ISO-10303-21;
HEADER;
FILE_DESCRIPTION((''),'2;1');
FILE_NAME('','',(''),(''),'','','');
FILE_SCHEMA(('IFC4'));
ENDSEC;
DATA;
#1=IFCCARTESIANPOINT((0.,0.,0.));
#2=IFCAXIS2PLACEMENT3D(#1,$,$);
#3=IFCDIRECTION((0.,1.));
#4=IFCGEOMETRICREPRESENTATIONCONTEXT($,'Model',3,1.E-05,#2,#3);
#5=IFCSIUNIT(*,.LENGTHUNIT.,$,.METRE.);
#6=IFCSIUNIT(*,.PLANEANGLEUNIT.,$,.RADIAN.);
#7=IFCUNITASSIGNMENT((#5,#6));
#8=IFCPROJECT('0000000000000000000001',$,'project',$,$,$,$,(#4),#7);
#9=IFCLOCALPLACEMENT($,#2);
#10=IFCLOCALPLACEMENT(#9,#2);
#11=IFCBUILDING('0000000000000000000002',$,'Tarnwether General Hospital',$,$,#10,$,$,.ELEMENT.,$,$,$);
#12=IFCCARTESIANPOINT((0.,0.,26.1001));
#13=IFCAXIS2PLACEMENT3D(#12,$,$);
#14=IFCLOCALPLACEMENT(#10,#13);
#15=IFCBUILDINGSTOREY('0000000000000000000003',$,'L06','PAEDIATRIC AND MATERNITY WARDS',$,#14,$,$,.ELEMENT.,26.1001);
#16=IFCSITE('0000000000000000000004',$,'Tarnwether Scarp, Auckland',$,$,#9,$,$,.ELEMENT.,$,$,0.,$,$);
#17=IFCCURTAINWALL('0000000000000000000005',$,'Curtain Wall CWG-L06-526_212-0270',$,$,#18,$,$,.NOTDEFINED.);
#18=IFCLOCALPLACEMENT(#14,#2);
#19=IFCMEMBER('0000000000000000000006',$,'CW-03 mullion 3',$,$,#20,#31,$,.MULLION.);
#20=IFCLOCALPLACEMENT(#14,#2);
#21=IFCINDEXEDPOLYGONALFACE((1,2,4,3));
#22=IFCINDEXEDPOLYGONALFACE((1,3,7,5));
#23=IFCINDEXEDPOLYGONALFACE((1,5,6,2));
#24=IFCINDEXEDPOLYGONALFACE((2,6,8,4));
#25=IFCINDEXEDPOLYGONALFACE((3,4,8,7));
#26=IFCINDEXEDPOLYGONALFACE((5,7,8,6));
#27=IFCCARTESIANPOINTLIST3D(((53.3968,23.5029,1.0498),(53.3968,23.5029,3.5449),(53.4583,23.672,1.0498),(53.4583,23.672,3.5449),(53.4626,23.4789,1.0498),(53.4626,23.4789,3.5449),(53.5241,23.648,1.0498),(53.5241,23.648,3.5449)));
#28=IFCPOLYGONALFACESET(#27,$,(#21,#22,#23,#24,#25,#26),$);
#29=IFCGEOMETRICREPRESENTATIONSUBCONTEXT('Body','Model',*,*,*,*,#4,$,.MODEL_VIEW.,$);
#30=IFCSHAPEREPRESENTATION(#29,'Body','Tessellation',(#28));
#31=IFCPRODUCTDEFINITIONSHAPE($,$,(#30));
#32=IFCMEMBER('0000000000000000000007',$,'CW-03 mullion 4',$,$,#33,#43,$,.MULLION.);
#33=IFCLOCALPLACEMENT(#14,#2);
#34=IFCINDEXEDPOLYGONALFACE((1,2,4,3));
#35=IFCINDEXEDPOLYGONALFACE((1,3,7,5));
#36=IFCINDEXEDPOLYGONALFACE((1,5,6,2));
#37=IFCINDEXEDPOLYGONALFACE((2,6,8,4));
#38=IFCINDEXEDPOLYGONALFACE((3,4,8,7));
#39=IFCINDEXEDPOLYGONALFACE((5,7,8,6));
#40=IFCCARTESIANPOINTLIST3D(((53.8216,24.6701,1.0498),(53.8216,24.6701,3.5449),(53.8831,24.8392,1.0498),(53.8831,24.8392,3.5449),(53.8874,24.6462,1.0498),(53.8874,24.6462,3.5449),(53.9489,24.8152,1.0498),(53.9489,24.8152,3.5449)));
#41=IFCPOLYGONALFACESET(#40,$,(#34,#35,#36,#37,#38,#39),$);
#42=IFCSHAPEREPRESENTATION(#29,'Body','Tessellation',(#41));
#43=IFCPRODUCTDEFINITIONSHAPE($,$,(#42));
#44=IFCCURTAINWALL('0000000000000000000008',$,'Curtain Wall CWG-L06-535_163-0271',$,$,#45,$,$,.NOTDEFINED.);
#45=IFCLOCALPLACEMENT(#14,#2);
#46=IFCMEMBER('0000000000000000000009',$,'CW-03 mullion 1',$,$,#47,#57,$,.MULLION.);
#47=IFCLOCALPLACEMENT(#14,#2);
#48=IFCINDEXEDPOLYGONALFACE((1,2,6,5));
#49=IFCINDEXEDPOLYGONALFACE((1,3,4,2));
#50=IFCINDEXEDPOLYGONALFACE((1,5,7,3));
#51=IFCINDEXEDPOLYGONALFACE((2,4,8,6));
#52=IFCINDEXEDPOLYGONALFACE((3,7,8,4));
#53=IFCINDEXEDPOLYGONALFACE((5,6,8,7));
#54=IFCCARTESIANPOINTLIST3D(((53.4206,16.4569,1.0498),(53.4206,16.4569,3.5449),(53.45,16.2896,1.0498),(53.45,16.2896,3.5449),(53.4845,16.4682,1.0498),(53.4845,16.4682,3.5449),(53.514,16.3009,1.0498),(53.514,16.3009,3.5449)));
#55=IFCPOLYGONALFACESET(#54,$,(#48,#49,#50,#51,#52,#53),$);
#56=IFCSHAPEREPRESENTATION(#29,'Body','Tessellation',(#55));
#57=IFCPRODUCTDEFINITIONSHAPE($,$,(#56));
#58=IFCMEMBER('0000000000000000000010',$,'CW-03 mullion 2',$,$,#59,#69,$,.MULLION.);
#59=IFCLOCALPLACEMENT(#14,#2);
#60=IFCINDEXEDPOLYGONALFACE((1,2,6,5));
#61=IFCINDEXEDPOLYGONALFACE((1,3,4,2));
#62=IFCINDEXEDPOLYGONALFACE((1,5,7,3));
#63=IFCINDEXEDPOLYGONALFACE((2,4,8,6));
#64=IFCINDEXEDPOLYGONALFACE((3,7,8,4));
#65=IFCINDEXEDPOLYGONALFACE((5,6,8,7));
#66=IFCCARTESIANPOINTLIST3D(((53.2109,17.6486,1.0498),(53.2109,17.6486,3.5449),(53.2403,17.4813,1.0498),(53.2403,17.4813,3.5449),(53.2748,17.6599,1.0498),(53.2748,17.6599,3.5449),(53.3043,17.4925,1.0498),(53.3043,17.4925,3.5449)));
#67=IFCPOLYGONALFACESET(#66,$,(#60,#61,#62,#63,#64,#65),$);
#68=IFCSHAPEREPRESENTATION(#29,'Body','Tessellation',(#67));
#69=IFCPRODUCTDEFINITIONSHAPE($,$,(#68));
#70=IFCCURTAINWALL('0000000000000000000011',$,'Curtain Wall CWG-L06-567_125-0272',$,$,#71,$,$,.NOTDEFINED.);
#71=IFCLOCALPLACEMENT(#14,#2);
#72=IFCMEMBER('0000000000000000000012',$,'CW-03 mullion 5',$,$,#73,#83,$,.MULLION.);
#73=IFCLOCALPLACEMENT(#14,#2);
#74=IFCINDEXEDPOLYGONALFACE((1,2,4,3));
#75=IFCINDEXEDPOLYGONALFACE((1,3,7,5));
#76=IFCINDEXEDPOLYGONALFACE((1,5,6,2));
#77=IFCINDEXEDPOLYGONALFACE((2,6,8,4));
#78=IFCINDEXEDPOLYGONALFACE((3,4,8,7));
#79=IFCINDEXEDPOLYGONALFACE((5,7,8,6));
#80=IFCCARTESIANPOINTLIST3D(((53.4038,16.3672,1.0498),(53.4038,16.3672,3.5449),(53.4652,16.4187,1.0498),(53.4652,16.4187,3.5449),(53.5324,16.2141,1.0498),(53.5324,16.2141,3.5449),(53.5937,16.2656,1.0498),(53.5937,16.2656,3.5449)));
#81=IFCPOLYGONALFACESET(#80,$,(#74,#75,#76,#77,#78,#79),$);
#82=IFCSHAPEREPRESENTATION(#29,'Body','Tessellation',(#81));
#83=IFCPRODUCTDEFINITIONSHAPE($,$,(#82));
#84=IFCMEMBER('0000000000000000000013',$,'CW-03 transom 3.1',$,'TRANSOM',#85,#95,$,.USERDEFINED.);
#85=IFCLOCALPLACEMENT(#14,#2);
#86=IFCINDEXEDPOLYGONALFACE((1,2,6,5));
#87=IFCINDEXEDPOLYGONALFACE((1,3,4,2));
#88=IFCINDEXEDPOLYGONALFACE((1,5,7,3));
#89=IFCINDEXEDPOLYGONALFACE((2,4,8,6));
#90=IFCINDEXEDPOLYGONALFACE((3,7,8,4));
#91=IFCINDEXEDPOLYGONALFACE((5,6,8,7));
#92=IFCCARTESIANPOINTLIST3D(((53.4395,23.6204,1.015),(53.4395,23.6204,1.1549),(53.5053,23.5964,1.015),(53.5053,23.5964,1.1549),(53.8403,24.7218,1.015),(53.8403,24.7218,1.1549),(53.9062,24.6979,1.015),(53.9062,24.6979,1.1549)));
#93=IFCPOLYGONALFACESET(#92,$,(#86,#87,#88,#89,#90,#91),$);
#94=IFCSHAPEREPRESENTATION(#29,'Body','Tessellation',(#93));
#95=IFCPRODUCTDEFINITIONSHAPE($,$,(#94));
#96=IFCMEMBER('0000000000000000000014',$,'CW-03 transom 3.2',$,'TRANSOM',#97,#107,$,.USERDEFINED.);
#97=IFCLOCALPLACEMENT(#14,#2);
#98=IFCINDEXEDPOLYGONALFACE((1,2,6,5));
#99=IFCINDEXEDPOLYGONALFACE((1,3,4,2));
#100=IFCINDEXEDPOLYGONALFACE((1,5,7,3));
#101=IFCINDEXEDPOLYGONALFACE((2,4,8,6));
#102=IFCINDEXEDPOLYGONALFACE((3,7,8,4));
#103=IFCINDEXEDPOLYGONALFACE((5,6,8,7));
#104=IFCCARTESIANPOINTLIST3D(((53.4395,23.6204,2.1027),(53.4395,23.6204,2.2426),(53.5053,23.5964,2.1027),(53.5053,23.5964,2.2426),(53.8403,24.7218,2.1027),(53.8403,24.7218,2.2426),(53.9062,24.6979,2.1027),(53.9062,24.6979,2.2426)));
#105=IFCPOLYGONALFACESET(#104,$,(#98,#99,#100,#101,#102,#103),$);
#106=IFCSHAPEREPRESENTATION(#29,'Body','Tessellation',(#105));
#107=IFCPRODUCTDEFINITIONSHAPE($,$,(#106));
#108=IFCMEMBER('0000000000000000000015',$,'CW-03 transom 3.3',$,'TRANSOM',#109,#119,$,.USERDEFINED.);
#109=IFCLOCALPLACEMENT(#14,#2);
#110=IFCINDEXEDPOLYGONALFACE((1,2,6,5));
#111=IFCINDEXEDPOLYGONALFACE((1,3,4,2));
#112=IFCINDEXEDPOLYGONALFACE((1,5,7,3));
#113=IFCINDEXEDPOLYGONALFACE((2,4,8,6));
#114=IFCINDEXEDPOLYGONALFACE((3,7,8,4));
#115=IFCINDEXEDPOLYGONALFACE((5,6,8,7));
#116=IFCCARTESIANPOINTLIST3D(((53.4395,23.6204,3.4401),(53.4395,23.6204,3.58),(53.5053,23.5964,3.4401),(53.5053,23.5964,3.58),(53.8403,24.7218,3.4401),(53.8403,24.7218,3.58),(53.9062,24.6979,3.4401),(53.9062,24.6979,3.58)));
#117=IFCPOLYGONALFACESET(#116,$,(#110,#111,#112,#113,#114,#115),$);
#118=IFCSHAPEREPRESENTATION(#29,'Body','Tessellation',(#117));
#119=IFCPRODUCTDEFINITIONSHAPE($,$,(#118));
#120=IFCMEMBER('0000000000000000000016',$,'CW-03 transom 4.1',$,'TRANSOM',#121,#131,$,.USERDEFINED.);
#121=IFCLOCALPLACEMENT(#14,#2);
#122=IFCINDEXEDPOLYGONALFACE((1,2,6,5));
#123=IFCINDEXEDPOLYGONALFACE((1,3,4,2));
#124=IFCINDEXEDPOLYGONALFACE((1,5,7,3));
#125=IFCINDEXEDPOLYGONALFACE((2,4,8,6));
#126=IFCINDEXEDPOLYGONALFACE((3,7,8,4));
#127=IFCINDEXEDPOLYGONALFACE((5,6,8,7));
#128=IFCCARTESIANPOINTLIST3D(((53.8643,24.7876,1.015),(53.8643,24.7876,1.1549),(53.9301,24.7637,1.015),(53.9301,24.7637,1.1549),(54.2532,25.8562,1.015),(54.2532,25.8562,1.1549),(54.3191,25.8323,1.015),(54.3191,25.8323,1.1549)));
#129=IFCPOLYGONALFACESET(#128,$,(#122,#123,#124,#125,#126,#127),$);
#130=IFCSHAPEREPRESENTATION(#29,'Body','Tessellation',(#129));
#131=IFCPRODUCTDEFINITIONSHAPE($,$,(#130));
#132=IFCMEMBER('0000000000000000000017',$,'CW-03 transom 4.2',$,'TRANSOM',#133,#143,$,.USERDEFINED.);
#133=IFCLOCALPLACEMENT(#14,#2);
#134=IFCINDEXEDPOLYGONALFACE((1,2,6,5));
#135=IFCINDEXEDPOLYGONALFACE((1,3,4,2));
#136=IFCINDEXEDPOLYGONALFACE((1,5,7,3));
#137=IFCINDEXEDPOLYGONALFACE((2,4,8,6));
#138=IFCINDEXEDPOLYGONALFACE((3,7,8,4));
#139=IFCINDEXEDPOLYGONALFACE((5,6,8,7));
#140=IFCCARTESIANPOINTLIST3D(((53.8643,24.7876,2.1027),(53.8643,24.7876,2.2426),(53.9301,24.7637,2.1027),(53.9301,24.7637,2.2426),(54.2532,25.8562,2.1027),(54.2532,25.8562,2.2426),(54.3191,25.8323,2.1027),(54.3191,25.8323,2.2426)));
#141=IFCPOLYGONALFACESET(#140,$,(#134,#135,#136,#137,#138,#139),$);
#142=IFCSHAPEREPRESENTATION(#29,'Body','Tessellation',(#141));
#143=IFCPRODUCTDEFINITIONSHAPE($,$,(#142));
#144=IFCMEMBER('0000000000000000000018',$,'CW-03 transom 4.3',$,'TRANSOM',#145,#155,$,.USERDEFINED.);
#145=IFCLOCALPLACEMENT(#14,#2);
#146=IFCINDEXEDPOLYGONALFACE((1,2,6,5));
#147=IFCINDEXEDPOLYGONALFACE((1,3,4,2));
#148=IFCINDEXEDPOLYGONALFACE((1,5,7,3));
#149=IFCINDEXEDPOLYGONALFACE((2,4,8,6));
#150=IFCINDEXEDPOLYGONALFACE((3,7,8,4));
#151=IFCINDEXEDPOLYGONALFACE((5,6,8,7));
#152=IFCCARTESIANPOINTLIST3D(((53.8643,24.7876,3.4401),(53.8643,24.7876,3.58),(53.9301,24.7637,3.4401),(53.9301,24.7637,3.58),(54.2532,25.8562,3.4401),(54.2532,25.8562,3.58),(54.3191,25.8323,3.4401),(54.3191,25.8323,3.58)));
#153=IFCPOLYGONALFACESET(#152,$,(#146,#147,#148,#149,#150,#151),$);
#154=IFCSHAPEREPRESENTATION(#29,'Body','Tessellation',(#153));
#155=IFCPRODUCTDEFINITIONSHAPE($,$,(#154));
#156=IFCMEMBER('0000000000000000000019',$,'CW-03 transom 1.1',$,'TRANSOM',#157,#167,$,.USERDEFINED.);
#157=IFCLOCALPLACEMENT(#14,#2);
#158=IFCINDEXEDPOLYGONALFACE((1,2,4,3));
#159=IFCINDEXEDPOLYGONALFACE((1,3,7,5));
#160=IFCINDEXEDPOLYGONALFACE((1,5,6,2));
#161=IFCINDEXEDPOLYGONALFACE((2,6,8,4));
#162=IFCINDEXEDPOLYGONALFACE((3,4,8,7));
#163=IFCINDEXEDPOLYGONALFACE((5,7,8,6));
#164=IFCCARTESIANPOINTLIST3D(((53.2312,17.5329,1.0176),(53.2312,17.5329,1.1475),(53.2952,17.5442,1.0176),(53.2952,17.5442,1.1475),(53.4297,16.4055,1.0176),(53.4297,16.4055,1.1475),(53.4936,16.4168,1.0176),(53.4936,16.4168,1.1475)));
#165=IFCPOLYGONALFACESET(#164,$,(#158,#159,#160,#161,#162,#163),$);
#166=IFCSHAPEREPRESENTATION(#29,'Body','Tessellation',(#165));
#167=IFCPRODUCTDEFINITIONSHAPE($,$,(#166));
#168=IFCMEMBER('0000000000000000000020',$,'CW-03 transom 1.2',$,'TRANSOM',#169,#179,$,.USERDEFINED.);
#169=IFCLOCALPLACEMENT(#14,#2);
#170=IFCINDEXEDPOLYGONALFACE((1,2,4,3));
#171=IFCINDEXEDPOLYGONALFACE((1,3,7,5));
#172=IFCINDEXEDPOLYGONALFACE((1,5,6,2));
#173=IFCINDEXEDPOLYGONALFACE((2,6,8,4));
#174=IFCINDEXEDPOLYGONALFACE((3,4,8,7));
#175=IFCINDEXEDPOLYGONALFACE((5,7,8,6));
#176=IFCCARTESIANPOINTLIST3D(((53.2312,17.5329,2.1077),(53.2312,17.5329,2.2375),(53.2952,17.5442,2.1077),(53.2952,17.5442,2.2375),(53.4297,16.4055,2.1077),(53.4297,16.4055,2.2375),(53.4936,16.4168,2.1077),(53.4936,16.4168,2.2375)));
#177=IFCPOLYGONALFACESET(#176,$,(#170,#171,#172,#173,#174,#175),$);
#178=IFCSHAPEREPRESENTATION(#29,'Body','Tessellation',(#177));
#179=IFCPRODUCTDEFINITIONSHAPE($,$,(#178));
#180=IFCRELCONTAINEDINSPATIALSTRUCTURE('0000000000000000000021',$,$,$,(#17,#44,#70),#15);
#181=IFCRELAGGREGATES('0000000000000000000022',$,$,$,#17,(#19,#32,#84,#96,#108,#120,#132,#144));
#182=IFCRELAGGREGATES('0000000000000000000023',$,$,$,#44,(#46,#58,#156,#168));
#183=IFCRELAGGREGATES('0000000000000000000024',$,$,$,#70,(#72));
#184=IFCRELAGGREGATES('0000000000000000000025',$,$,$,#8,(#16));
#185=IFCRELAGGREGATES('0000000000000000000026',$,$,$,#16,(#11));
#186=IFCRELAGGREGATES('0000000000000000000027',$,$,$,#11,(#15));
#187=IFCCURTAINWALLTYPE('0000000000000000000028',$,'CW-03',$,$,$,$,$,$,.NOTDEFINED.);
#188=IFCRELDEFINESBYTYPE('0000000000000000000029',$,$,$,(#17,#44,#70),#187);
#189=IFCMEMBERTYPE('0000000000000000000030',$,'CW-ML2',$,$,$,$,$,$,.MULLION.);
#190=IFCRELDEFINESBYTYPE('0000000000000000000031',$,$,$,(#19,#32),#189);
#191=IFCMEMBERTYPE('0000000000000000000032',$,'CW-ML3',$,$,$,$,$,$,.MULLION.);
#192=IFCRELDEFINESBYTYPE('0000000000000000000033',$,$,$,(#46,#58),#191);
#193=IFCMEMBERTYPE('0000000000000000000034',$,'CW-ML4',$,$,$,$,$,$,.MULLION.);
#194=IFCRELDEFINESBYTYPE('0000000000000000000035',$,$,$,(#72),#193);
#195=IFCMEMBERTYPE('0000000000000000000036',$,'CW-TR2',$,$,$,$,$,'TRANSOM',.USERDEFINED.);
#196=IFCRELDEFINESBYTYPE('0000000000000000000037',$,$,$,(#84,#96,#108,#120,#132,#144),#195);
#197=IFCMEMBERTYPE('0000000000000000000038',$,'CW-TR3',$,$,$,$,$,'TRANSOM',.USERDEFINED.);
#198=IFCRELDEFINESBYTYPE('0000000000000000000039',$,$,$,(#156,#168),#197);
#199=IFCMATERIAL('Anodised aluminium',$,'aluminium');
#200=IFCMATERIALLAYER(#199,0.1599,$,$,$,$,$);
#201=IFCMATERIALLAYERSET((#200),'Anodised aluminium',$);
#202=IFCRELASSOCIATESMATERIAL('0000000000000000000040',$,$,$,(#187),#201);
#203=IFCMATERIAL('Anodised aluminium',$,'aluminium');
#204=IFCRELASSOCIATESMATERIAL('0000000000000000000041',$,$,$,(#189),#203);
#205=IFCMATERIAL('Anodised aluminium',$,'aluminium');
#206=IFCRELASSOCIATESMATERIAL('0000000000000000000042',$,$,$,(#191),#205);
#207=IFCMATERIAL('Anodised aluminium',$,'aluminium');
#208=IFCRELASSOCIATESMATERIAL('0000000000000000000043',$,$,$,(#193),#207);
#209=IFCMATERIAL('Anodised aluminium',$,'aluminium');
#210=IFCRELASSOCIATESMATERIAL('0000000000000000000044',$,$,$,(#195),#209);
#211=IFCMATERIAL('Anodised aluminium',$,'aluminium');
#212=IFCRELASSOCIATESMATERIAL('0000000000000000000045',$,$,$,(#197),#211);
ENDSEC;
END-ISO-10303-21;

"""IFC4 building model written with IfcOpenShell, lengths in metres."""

from ifc_helpers import new_model, si_unit, direction, frame, origin, origin_2d, place, context, subcontext, project, spatial, rectangle, extrude, material, layer, layer_set, material_profile, profile_set, type_object, element, aggregate, save


model = new_model("IFC4")

# Units and contexts
model_context = context("Model", 3, precision=1e-05, world=origin(), true_north=direction((0.0, 1.0)))
body_context = subcontext(model_context, "Body", "Model", "MODEL_VIEW")
ifc_project = project(units=[si_unit("LENGTHUNIT", "METRE"), si_unit("PLANEANGLEUNIT", "RADIAN")], contexts=[model_context])

# Site, building, storey
site_placement = place(None, origin())
site = spatial("IfcSite", under=ifc_project, at=site_placement, Name="Tarnwether Scarp, Auckland", CompositionType="ELEMENT", RefElevation=0.0)
building_placement = place(site_placement, origin())
building = spatial("IfcBuilding", under=site, at=building_placement, Name="Tarnwether General Hospital", CompositionType="ELEMENT")
storey_placement = place(building_placement, frame((0.0, 0.0, 26.1001)))
storey = spatial("IfcBuildingStorey", under=building, at=storey_placement, Name="L06", Description="PAEDIATRIC AND MATERNITY WARDS", CompositionType="ELEMENT", Elevation=26.1001)

# Curtain walls, members
ifc_material_1 = material(Name="Anodised aluminium", Category="aluminium")
ifc_layer_1 = layer(ifc_material_1, 0.1599)
ifc_layer_set_1 = layer_set([ifc_layer_1], Name="Anodised aluminium")
curtain_wall_type = type_object("IfcCurtainWallType", Name="CW-03", PredefinedType="NOTDEFINED", material=ifc_layer_set_1)
curtain_wall_1_placement = place(storey_placement, origin())
curtain_wall_1 = element("IfcCurtainWall", 1, at=curtain_wall_1_placement, inside=storey, type_object=curtain_wall_type, Name="Curtain Wall CWG-L06-526_212-0270", PredefinedType="NOTDEFINED")
ifc_material_2 = material(Name="Anodised aluminium", Category="aluminium")
ifc_material_profile_1 = material_profile(ifc_material_2, rectangle(XDim=0.0701, YDim=0.1799, at=origin_2d()), Name="ALU-MUL-70x180")
ifc_profile_set_1 = profile_set([ifc_material_profile_1], Name="Anodised aluminium")
member_type_1 = type_object("IfcMemberType", Name="CW-ML2", PredefinedType="MULLION", material=ifc_profile_set_1)
member_1_placement = place(storey_placement, frame((53.4604, 23.5754, 1.0498), z_axis=(0.0, 0.0, 1.0), x_axis=(-0.939717, 0.341953, 0.0)))
member_1 = element("IfcMember", 2, at=member_1_placement, type_object=member_type_1, Name="CW-03 mullion 3", PredefinedType="MULLION", context=body_context, shape_type="SweptSolid", body=[
    extrude(rectangle(XDim=0.0701, YDim=0.1799, at=origin_2d()), origin(), (0.0, 0.0, 1.0), 2.4951),
])
member_2_placement = place(storey_placement, frame((53.8853, 24.7427, 1.0498), z_axis=(0.0, 0.0, 1.0), x_axis=(-0.939717, 0.341953, 0.0)))
member_2 = element("IfcMember", 3, at=member_2_placement, type_object=member_type_1, Name="CW-03 mullion 4", PredefinedType="MULLION", context=body_context, shape_type="SweptSolid", body=[
    extrude(rectangle(XDim=0.0701, YDim=0.1799, at=origin_2d()), origin(), (0.0, 0.0, 1.0), 2.4951),
])
curtain_wall_2_placement = place(storey_placement, origin())
curtain_wall_2 = element("IfcCurtainWall", 4, at=curtain_wall_2_placement, inside=storey, type_object=curtain_wall_type, Name="Curtain Wall CWG-L06-535_163-0271", PredefinedType="NOTDEFINED")
ifc_material_3 = material(Name="Anodised aluminium", Category="aluminium")
ifc_material_profile_2 = material_profile(ifc_material_3, rectangle(XDim=0.0649, YDim=0.1699, at=origin_2d()), Name="ALU-MUL-65x170")
ifc_profile_set_2 = profile_set([ifc_material_profile_2], Name="Anodised aluminium")
member_type_2 = type_object("IfcMemberType", Name="CW-ML3", PredefinedType="MULLION", material=ifc_profile_set_2)
member_3_placement = place(storey_placement, frame((53.4673, 16.3789, 1.0498), z_axis=(0.0, 0.0, 1.0), x_axis=(-0.98484, -0.173464, 0.0)))
member_3 = element("IfcMember", 5, at=member_3_placement, type_object=member_type_2, Name="CW-03 mullion 1", PredefinedType="MULLION", context=body_context, shape_type="SweptSolid", body=[
    extrude(rectangle(XDim=0.0649, YDim=0.1699, at=origin_2d()), origin(), (0.0, 0.0, 1.0), 2.4951),
])
member_4_placement = place(storey_placement, frame((53.2576, 17.5706, 1.0498), z_axis=(0.0, 0.0, 1.0), x_axis=(-0.98484, -0.173464, 0.0)))
member_4 = element("IfcMember", 6, at=member_4_placement, type_object=member_type_2, Name="CW-03 mullion 2", PredefinedType="MULLION", context=body_context, shape_type="SweptSolid", body=[
    extrude(rectangle(XDim=0.0649, YDim=0.1699, at=origin_2d()), origin(), (0.0, 0.0, 1.0), 2.4951),
])

# Curtain wall, member
curtain_wall_3_placement = place(storey_placement, origin())
curtain_wall_3 = element("IfcCurtainWall", 7, at=curtain_wall_3_placement, inside=storey, type_object=curtain_wall_type, Name="Curtain Wall CWG-L06-567_125-0272", PredefinedType="NOTDEFINED")
ifc_material_4 = material(Name="Anodised aluminium", Category="aluminium")
ifc_material_profile_3 = material_profile(ifc_material_4, rectangle(XDim=0.0801, YDim=0.2, at=origin_2d()), Name="ALU-MUL-80x200")
ifc_profile_set_3 = profile_set([ifc_material_profile_3], Name="Anodised aluminium")
member_type_3 = type_object("IfcMemberType", Name="CW-ML4", PredefinedType="MULLION", material=ifc_profile_set_3)
member_5_placement = place(storey_placement, frame((53.4988, 16.3164, 1.0498), z_axis=(0.0, 0.0, 1.0), x_axis=(-0.76599, -0.642852, 0.0)))
member_5 = element("IfcMember", 8, at=member_5_placement, type_object=member_type_3, Name="CW-03 mullion 5", PredefinedType="MULLION", context=body_context, shape_type="SweptSolid", body=[
    extrude(rectangle(XDim=0.0801, YDim=0.2, at=origin_2d()), origin(), (0.0, 0.0, 1.0), 2.4951),
])

# Members
ifc_material_5 = material(Name="Anodised aluminium", Category="aluminium")
ifc_material_profile_4 = material_profile(ifc_material_5, rectangle(XDim=0.0701, YDim=0.1399, at=origin_2d()), Name="ALU-TRN-70x140")
ifc_profile_set_4 = profile_set([ifc_material_profile_4], Name="Anodised aluminium")
member_type_4 = type_object("IfcMemberType", Name="CW-TR2", ElementType="TRANSOM", PredefinedType="USERDEFINED", material=ifc_profile_set_4)
member_6_placement = place(storey_placement, frame((53.4724, 23.6084, 1.085), z_axis=(0.341977, 0.939708, 0.0), x_axis=(-0.939708, 0.341977, 0.0)))
member_6 = element("IfcMember", 9, at=member_6_placement, type_object=member_type_4, Name="CW-03 transom 3.1", ObjectType="TRANSOM", PredefinedType="USERDEFINED", context=body_context, shape_type="SweptSolid", body=[
    extrude(rectangle(XDim=0.0701, YDim=0.1399, at=origin_2d()), origin(), (0.0, 0.0, 1.0), 1.1721),
])
member_7_placement = place(storey_placement, frame((53.4724, 23.6084, 2.1726), z_axis=(0.341977, 0.939708, 0.0), x_axis=(-0.939708, 0.341977, 0.0)))
member_7 = element("IfcMember", 10, at=member_7_placement, type_object=member_type_4, Name="CW-03 transom 3.2", ObjectType="TRANSOM", PredefinedType="USERDEFINED", context=body_context, shape_type="SweptSolid", body=[
    extrude(rectangle(XDim=0.0701, YDim=0.1399, at=origin_2d()), origin(), (0.0, 0.0, 1.0), 1.1721),
])
member_8_placement = place(storey_placement, frame((53.4724, 23.6084, 3.51), z_axis=(0.341977, 0.939708, 0.0), x_axis=(-0.939708, 0.341977, 0.0)))
member_8 = element("IfcMember", 11, at=member_8_placement, type_object=member_type_4, Name="CW-03 transom 3.3", ObjectType="TRANSOM", PredefinedType="USERDEFINED", context=body_context, shape_type="SweptSolid", body=[
    extrude(rectangle(XDim=0.0701, YDim=0.1399, at=origin_2d()), origin(), (0.0, 0.0, 1.0), 1.1721),
])
member_9_placement = place(storey_placement, frame((53.8972, 24.7756, 1.085), z_axis=(0.342002, 0.939699, 0.0), x_axis=(-0.939699, 0.342002, 0.0)))
member_9 = element("IfcMember", 12, at=member_9_placement, type_object=member_type_4, Name="CW-03 transom 4.1", ObjectType="TRANSOM", PredefinedType="USERDEFINED", context=body_context, shape_type="SweptSolid", body=[
    extrude(rectangle(XDim=0.0701, YDim=0.1399, at=origin_2d()), origin(), (0.0, 0.0, 1.0), 1.1372),
])
member_10_placement = place(storey_placement, frame((53.8972, 24.7756, 2.1726), z_axis=(0.342002, 0.939699, 0.0), x_axis=(-0.939699, 0.342002, 0.0)))
member_10 = element("IfcMember", 13, at=member_10_placement, type_object=member_type_4, Name="CW-03 transom 4.2", ObjectType="TRANSOM", PredefinedType="USERDEFINED", context=body_context, shape_type="SweptSolid", body=[
    extrude(rectangle(XDim=0.0701, YDim=0.1399, at=origin_2d()), origin(), (0.0, 0.0, 1.0), 1.1372),
])
member_11_placement = place(storey_placement, frame((53.8972, 24.7756, 3.51), z_axis=(0.342002, 0.939699, 0.0), x_axis=(-0.939699, 0.342002, 0.0)))
member_11 = element("IfcMember", 14, at=member_11_placement, type_object=member_type_4, Name="CW-03 transom 4.3", ObjectType="TRANSOM", PredefinedType="USERDEFINED", context=body_context, shape_type="SweptSolid", body=[
    extrude(rectangle(XDim=0.0701, YDim=0.1399, at=origin_2d()), origin(), (0.0, 0.0, 1.0), 1.1372),
])
ifc_material_6 = material(Name="Anodised aluminium", Category="aluminium")
ifc_material_profile_5 = material_profile(ifc_material_6, rectangle(XDim=0.0649, YDim=0.1299, at=origin_2d()), Name="ALU-TRN-65x130")
ifc_profile_set_5 = profile_set([ifc_material_profile_5], Name="Anodised aluminium")
member_type_5 = type_object("IfcMemberType", Name="CW-TR3", ElementType="TRANSOM", PredefinedType="USERDEFINED", material=ifc_profile_set_5)
member_12_placement = place(storey_placement, frame((53.4617, 16.4111, 1.0825), z_axis=(-0.173384, 0.984854, 0.0), x_axis=(-0.984854, -0.173384, 0.0)))
member_12 = element("IfcMember", 15, at=member_12_placement, type_object=member_type_5, Name="CW-03 transom 1.1", ObjectType="TRANSOM", PredefinedType="USERDEFINED", context=body_context, shape_type="SweptSolid", body=[
    extrude(rectangle(XDim=0.0649, YDim=0.1299, at=origin_2d()), origin(), (0.0, 0.0, 1.0), 1.1448),
])
member_13_placement = place(storey_placement, frame((53.4617, 16.4111, 2.1726), z_axis=(-0.173384, 0.984854, 0.0), x_axis=(-0.984854, -0.173384, 0.0)))
member_13 = element("IfcMember", 16, at=member_13_placement, type_object=member_type_5, Name="CW-03 transom 1.2", ObjectType="TRANSOM", PredefinedType="USERDEFINED", context=body_context, shape_type="SweptSolid", body=[
    extrude(rectangle(XDim=0.0649, YDim=0.1299, at=origin_2d()), origin(), (0.0, 0.0, 1.0), 1.1448),
])

aggregate(curtain_wall_1, [member_1, member_2, member_6, member_7, member_8, member_9, member_10, member_11])
aggregate(curtain_wall_2, [member_3, member_4, member_12, member_13])
aggregate(curtain_wall_3, [member_5])

save(model, "model.ifc")
